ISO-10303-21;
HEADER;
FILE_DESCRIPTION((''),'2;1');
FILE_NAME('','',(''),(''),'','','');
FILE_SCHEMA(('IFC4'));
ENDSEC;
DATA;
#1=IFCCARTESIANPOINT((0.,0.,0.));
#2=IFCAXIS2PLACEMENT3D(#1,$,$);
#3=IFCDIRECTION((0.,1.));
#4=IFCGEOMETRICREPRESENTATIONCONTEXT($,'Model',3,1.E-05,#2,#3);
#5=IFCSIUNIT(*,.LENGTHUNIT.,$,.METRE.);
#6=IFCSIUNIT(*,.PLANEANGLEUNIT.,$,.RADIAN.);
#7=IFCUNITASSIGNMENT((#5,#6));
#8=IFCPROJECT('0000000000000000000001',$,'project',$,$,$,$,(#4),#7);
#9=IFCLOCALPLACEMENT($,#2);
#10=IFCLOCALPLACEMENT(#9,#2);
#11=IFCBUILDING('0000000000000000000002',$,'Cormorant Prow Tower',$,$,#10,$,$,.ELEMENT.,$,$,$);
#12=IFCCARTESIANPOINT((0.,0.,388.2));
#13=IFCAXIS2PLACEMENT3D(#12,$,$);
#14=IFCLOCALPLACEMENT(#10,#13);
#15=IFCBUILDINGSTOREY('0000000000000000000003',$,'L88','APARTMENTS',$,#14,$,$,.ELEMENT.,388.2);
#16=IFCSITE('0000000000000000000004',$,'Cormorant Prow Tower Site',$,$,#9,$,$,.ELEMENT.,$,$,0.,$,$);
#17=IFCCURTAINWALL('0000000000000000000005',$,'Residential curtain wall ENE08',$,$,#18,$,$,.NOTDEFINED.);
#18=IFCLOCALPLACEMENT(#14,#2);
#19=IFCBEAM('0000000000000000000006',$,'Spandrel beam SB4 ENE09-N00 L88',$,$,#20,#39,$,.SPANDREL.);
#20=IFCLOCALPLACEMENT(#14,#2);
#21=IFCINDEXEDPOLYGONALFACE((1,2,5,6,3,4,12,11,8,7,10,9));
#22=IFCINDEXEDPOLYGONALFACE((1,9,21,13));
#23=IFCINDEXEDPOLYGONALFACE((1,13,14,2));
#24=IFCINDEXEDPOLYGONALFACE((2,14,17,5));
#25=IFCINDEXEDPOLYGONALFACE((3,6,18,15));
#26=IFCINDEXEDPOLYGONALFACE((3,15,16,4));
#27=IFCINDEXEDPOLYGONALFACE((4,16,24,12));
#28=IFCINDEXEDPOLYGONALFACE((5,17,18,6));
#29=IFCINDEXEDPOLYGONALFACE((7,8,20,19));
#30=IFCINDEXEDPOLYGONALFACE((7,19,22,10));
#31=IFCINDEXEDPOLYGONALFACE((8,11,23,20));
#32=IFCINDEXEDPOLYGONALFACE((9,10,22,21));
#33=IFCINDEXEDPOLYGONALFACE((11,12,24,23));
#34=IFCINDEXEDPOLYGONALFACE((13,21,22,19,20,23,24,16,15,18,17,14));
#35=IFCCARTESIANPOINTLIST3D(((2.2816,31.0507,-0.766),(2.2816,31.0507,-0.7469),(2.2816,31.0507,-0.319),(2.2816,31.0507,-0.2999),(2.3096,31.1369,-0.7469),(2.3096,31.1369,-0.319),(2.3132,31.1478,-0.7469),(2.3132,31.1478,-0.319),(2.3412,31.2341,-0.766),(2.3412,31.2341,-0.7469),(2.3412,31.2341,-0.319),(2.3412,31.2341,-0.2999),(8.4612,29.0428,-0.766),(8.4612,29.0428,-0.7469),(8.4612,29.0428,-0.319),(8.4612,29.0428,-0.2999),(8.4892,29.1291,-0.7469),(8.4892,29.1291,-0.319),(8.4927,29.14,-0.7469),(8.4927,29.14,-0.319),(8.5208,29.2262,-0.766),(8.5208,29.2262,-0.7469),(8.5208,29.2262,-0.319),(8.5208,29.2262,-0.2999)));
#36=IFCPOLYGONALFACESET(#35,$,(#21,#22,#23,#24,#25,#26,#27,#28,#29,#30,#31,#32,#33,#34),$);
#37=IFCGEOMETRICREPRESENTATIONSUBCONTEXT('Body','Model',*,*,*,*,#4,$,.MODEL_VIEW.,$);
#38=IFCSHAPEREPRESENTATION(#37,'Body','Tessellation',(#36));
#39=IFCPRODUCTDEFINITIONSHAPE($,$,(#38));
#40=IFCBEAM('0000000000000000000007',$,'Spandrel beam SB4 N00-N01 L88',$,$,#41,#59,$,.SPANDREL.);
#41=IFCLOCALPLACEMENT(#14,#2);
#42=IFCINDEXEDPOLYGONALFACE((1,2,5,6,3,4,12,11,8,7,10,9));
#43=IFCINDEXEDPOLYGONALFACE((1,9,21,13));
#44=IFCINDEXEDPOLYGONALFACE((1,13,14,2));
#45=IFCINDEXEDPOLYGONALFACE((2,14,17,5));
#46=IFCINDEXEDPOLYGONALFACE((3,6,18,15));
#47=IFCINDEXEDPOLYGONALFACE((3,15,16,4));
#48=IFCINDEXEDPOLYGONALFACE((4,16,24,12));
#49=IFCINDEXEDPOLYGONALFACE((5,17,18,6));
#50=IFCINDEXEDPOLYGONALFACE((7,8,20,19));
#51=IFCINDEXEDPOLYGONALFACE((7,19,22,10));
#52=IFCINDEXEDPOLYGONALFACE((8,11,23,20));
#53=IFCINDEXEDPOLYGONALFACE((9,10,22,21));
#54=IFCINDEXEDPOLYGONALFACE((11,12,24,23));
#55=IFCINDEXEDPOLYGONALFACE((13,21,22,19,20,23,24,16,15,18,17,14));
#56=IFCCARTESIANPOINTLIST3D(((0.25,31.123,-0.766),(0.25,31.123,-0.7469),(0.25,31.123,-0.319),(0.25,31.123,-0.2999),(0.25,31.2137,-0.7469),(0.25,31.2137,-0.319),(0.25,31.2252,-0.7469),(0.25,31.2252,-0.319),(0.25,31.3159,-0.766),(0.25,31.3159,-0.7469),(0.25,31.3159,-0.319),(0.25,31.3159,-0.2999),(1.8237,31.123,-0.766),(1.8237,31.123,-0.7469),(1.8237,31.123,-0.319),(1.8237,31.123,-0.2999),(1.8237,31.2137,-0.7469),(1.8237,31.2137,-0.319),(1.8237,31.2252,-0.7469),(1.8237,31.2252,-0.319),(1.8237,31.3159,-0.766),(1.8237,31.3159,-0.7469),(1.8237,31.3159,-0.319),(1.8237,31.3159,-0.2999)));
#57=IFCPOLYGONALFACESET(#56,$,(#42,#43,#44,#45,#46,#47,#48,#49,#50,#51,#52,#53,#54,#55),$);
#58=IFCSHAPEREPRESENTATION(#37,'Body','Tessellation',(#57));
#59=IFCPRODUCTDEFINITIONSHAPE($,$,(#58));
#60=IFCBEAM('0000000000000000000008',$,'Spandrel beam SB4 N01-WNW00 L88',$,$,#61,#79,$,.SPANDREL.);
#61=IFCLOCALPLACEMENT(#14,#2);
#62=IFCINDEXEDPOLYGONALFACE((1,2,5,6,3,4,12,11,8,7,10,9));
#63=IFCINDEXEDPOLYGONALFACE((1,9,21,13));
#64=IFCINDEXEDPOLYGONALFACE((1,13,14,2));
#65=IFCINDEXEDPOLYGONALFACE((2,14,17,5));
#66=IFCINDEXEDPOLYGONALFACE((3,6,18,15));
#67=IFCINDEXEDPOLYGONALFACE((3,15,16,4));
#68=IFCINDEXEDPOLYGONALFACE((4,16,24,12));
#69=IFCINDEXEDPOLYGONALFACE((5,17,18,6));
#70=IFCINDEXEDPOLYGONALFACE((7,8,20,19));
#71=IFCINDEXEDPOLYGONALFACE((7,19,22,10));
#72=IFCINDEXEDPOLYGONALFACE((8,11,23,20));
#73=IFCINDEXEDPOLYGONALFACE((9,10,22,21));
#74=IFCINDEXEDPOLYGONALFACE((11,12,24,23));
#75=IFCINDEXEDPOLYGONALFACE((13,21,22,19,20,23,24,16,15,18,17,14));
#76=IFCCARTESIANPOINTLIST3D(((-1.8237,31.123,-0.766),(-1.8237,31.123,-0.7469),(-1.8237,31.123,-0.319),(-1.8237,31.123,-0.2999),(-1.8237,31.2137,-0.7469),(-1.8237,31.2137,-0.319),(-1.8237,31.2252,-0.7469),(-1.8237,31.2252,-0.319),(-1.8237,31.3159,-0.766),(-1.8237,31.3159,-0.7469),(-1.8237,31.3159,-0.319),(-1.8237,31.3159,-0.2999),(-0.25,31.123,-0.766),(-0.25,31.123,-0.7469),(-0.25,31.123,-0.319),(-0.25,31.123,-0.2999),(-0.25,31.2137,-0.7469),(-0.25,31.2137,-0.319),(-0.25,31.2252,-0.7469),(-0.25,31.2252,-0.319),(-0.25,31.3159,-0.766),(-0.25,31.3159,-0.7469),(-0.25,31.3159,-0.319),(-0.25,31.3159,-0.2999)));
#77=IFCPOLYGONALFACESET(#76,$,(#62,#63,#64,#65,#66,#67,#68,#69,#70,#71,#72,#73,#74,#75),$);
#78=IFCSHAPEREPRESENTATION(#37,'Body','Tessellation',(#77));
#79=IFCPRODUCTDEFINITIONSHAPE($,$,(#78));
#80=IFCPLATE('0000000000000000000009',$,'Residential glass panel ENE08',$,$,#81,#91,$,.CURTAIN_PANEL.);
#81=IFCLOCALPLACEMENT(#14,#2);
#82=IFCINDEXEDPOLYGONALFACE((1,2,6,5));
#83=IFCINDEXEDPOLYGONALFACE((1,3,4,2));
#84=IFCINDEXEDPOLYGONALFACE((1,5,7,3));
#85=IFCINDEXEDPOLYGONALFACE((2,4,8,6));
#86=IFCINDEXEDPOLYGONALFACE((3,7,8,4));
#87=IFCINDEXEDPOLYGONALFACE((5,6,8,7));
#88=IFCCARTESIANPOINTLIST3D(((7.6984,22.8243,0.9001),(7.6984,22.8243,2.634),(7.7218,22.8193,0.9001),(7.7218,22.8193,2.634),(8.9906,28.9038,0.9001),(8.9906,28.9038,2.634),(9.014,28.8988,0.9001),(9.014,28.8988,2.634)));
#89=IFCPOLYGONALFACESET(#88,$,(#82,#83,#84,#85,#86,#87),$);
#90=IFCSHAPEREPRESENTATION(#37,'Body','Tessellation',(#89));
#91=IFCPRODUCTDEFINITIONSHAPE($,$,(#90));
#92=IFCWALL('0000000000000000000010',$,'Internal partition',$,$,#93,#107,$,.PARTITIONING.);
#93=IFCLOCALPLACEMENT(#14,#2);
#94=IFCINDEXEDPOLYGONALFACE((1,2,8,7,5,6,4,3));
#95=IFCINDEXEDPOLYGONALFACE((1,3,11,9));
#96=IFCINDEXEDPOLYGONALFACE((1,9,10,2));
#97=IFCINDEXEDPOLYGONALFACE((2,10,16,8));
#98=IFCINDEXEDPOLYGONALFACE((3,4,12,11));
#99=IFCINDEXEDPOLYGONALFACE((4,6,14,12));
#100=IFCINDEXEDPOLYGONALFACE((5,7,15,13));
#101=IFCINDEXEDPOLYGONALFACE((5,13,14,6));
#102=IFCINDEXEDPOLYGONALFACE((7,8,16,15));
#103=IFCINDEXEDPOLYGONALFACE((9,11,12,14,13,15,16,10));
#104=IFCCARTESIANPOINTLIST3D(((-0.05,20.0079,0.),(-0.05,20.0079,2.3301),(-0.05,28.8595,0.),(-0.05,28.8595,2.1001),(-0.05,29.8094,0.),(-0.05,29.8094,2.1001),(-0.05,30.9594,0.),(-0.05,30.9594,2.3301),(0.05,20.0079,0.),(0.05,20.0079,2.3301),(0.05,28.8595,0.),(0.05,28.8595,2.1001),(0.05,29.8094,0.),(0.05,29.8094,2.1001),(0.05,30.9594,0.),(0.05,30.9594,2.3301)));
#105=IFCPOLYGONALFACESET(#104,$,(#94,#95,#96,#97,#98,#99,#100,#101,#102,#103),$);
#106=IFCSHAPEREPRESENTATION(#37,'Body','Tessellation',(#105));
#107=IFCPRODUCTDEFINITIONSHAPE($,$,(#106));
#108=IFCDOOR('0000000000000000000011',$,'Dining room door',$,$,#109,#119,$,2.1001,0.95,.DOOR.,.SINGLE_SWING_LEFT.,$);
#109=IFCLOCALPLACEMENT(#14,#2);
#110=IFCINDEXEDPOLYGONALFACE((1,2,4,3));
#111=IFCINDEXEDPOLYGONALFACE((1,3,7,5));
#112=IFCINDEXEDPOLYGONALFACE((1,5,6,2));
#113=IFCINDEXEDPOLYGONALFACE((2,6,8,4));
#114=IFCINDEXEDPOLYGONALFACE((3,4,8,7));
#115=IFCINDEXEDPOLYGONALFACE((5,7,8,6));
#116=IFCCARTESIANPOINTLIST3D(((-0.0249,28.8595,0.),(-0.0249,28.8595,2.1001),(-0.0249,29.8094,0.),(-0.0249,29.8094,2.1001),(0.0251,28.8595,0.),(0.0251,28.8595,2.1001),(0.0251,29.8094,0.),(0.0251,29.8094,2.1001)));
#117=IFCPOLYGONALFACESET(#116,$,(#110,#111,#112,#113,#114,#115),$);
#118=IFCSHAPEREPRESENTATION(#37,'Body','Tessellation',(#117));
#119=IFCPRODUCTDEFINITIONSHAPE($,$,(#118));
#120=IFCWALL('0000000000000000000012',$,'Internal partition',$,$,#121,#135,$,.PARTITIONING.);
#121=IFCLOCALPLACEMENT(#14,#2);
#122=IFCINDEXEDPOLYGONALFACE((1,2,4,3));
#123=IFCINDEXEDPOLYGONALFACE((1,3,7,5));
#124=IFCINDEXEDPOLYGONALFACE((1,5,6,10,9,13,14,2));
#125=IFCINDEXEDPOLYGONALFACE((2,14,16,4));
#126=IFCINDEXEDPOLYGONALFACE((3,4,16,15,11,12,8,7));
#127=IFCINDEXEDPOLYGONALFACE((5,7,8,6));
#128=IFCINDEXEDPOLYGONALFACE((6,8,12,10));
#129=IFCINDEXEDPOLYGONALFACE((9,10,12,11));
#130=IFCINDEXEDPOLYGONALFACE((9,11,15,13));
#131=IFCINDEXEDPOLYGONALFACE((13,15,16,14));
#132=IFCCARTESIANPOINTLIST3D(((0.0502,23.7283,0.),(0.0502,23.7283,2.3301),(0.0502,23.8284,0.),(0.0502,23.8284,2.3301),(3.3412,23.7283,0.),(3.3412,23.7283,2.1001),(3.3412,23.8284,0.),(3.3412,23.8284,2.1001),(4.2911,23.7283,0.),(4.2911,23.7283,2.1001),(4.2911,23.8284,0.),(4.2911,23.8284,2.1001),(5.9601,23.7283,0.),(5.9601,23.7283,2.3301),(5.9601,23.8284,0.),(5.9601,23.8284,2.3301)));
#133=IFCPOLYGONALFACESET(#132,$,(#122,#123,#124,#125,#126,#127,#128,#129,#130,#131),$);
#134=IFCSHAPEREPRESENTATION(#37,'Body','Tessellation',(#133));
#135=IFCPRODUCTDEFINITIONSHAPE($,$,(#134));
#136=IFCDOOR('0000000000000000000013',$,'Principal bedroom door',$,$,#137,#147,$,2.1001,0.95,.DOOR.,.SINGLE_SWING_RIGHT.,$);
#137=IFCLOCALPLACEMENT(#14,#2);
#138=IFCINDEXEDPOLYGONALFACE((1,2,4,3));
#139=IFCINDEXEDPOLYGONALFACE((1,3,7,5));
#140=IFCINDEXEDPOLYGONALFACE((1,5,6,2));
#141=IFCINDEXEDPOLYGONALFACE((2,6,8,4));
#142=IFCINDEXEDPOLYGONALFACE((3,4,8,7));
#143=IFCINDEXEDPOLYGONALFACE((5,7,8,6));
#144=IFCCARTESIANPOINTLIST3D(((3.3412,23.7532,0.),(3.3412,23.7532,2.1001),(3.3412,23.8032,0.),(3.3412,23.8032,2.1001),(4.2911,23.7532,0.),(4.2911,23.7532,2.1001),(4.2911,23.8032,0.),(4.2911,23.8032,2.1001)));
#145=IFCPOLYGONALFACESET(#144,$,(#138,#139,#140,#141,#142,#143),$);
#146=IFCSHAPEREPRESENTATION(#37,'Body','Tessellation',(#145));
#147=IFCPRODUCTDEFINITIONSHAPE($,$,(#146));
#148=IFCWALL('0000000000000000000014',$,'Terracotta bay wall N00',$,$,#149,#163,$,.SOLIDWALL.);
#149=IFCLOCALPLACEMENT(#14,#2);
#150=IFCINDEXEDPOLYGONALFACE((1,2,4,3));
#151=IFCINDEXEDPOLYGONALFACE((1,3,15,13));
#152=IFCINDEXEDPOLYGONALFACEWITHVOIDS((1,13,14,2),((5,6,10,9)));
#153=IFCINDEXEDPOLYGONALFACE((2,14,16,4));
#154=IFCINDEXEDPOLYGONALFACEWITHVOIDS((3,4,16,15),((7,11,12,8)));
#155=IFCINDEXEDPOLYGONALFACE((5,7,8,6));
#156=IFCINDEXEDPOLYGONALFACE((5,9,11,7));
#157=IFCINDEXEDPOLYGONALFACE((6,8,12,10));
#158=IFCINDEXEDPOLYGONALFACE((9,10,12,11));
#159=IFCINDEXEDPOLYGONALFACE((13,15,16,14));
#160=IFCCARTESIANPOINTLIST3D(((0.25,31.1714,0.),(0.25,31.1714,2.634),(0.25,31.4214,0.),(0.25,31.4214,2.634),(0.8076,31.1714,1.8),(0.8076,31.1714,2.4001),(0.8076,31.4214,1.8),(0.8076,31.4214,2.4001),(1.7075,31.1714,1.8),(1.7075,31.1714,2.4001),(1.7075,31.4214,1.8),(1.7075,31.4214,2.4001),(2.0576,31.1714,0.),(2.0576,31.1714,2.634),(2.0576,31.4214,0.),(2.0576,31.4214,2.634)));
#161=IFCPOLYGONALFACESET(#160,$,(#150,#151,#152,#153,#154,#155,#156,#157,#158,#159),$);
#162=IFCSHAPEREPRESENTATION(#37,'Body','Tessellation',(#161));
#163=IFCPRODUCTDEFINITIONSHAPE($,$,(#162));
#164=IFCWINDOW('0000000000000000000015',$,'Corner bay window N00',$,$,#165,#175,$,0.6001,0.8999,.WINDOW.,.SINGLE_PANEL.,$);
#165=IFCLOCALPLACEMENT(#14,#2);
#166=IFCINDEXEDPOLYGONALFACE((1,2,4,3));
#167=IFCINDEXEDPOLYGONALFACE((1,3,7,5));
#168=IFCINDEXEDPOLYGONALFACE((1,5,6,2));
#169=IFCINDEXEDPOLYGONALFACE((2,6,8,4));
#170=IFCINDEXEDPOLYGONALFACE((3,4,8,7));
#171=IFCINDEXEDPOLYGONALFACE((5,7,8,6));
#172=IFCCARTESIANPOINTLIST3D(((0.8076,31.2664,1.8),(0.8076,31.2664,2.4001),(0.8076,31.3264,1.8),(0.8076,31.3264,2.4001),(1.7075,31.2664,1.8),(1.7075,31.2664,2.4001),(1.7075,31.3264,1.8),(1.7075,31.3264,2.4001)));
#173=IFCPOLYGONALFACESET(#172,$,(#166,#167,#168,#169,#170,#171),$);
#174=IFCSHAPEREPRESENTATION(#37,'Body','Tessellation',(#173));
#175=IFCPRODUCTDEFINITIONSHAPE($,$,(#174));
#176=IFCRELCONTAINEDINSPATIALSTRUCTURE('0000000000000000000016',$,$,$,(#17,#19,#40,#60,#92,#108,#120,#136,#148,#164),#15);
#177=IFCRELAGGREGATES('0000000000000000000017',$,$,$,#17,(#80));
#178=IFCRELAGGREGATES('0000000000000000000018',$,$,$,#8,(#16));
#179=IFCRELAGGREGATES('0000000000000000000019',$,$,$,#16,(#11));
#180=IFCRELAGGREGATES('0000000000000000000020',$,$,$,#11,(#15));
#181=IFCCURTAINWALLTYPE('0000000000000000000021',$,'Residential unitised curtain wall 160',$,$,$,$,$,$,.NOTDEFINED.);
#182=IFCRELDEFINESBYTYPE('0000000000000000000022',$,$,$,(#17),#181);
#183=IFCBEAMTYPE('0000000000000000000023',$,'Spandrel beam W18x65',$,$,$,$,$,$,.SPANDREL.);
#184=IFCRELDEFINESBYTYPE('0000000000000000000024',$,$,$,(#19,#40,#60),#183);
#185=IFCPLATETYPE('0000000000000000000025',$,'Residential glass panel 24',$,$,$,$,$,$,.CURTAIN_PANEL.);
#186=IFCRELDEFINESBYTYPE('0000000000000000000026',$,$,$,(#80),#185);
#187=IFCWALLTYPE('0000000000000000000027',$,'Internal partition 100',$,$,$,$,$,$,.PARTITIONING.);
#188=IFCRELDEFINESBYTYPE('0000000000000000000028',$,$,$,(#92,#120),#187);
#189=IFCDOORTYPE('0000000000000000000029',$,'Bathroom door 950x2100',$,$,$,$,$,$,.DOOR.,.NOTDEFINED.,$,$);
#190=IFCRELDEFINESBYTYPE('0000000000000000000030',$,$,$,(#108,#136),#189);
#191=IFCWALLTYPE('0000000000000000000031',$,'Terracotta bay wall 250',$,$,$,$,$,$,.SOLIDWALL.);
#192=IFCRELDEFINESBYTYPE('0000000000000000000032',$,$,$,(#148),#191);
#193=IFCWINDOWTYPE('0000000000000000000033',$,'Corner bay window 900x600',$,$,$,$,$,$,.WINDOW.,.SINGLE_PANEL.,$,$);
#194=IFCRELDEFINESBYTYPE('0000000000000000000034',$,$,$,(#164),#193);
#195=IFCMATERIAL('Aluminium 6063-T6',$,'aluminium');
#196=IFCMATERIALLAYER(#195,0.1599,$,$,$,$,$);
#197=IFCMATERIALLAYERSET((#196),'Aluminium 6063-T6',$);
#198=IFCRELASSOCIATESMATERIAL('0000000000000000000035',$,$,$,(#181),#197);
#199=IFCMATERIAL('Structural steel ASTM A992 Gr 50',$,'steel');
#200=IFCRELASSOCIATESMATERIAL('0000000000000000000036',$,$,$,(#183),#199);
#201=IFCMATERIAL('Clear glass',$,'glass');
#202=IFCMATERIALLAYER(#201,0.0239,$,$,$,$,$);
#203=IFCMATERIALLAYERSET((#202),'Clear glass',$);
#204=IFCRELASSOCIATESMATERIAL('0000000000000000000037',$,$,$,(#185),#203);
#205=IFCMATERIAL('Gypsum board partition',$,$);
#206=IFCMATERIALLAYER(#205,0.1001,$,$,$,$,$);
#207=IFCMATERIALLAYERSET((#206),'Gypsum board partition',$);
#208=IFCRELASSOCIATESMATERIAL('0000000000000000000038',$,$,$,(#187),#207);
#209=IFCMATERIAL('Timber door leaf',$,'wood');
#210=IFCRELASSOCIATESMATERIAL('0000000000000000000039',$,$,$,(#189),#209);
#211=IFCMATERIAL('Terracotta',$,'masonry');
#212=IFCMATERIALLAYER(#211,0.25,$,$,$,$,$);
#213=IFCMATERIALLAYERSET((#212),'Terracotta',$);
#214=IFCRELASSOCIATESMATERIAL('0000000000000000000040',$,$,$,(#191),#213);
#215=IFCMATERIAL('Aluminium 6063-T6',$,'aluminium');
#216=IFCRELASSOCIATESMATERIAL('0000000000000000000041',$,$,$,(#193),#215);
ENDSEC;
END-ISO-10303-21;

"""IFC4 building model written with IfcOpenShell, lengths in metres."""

from ifc_helpers import new_model, si_unit, direction, frame, frame_2d, origin, origin_2d, place, context, subcontext, project, spatial, rectangle, i_section, extrude, material, layer, layer_set, material_profile, profile_set, type_object, element, fill, aggregate, save


model = new_model("IFC4")

# Units and contexts
model_context = context("Model", 3, precision=1e-05, world=origin(), true_north=direction((0.0, 1.0)))
body_context = subcontext(model_context, "Body", "Model", "MODEL_VIEW")
ifc_project = project(units=[si_unit("LENGTHUNIT", "METRE"), si_unit("PLANEANGLEUNIT", "RADIAN")], contexts=[model_context])

# Site, building, storey
site_placement = place(None, origin())
site = spatial("IfcSite", under=ifc_project, at=site_placement, Name="Cormorant Prow Tower Site", CompositionType="ELEMENT", RefElevation=0.0)
building_placement = place(site_placement, origin())
building = spatial("IfcBuilding", under=site, at=building_placement, Name="Cormorant Prow Tower", CompositionType="ELEMENT")
storey_placement = place(building_placement, frame((0.0, 0.0, 388.2)))
storey = spatial("IfcBuildingStorey", under=building, at=storey_placement, Name="L88", Description="APARTMENTS", CompositionType="ELEMENT", Elevation=388.2)

# Curtain wall
ifc_material_1 = material(Name="Aluminium 6063-T6", Category="aluminium")
ifc_layer_1 = layer(ifc_material_1, 0.1599)
ifc_layer_set_1 = layer_set([ifc_layer_1], Name="Aluminium 6063-T6")
curtain_wall_type = type_object("IfcCurtainWallType", Name="Residential unitised curtain wall 160", PredefinedType="NOTDEFINED", material=ifc_layer_set_1)
curtain_wall_placement = place(storey_placement, origin())
curtain_wall = element("IfcCurtainWall", 1, at=curtain_wall_placement, inside=storey, type_object=curtain_wall_type, Name="Residential curtain wall ENE08", PredefinedType="NOTDEFINED")

# Beams
ifc_material_2 = material(Name="Structural steel ASTM A992 Gr 50", Category="steel")
ifc_material_profile_1 = material_profile(ifc_material_2, i_section(OverallWidth=0.1929, OverallDepth=0.4661, WebThickness=0.0115, FlangeThickness=0.019, at=origin_2d()), Name="W18x65")
ifc_profile_set_1 = profile_set([ifc_material_profile_1], Name="Structural steel ASTM A992 Gr 50")
beam_type = type_object("IfcBeamType", Name="Spandrel beam W18x65", PredefinedType="SPANDREL", material=ifc_profile_set_1)
for number, where, z_axis, x_axis, name in (
    (2, (8.491, 29.1345, -0.533), (-0.951057, 0.309016, 0.0), (-0.309016, -0.951057, 0.0), "Spandrel beam SB4 ENE09-N00 L88"),
):
    element("IfcBeam", number, at=place(storey_placement, frame(where, z_axis=z_axis, x_axis=x_axis)), inside=storey, type_object=beam_type, Name=name, PredefinedType="SPANDREL", context=body_context, shape_type="SweptSolid", body=[
        extrude(i_section(OverallWidth=0.1929, OverallDepth=0.4661, WebThickness=0.0115, FlangeThickness=0.019, at=origin_2d()), origin(), (0.0, 0.0, 1.0), 6.4976),
    ])
for number, where, z_axis, x_axis, name in (
    (3, (1.8237, 31.2195, -0.533), (-1.0, 0.0, 0.0), (0.0, -1.0, 0.0), "Spandrel beam SB4 N00-N01 L88"),
    (4, (-0.25, 31.2195, -0.533), (-1.0, 0.0, 0.0), (0.0, -1.0, 0.0), "Spandrel beam SB4 N01-WNW00 L88"),
):
    element("IfcBeam", number, at=place(storey_placement, frame(where, z_axis=z_axis, x_axis=x_axis)), inside=storey, type_object=beam_type, Name=name, PredefinedType="SPANDREL", context=body_context, shape_type="SweptSolid", body=[
        extrude(i_section(OverallWidth=0.1929, OverallDepth=0.4661, WebThickness=0.0115, FlangeThickness=0.019, at=origin_2d()), origin(), (0.0, 0.0, 1.0), 1.5737),
    ])

# Plate
ifc_material_3 = material(Name="Clear glass", Category="glass")
ifc_layer_2 = layer(ifc_material_3, 0.0239)
ifc_layer_set_2 = layer_set([ifc_layer_2], Name="Clear glass")
plate_type = type_object("IfcPlateType", Name="Residential glass panel 24", PredefinedType="CURTAIN_PANEL", material=ifc_layer_set_2)
plate_placement = place(storey_placement, frame((8.3562, 25.8616, 0.9001), z_axis=(0.0, 0.0, 1.0), x_axis=(0.207912, 0.978148, 0.0)))
plate = element("IfcPlate", 5, at=plate_placement, type_object=plate_type, Name="Residential glass panel ENE08", PredefinedType="CURTAIN_PANEL", context=body_context, shape_type="SweptSolid", body=[
    extrude(rectangle(XDim=6.2153, YDim=0.0239, at=origin_2d()), origin(), (0.0, 0.0, 1.0), 1.7339),
])
aggregate(curtain_wall, [plate])

# Walls, openings, doors
ifc_material_4 = material(Name="Gypsum board partition")
ifc_layer_3 = layer(ifc_material_4, 0.1001)
ifc_layer_set_3 = layer_set([ifc_layer_3], Name="Gypsum board partition")
wall_type_1 = type_object("IfcWallType", Name="Internal partition 100", PredefinedType="PARTITIONING", material=ifc_layer_set_3)
wall_1_placement = place(storey_placement, frame((0.0, 20.0081, 0.0), z_axis=(0.0, 0.0, 1.0), x_axis=(0.0, 1.0, 0.0)))
wall_1 = element("IfcWall", 6, at=wall_1_placement, inside=storey, type_object=wall_type_1, Name="Internal partition", PredefinedType="PARTITIONING", context=body_context, shape_type="SweptSolid", body=[
    extrude(rectangle(XDim=10.9514, YDim=0.1001, at=frame_2d((5.4756, 0.0))), origin(), (0.0, 0.0, 1.0), 2.3301),
])
opening_1_placement = place(wall_1_placement, frame((8.8513, 0.0, 0.0)))
opening_1 = element("IfcOpeningElement", 7, at=opening_1_placement, cuts=wall_1, PredefinedType="OPENING", context=body_context, shape_type="SweptSolid", body=[
    extrude(rectangle(XDim=0.95, YDim=2.1001, at=frame_2d((0.4751, 1.05))), frame((0.0, 0.0601, 0.0), z_axis=(0.0, -1.0, 0.0), x_axis=(1.0, 0.0, 0.0)), (0.0, 0.0, 1.0), 0.1201),
])
ifc_material_5 = material(Name="Timber door leaf", Category="wood")
door_type_1 = type_object("IfcDoorType", Name="Bathroom door 950x2100", OperationType="NOTDEFINED", PredefinedType="DOOR", material=ifc_material_5)
door_1_placement = place(opening_1_placement, origin())
door_1 = element("IfcDoor", 8, at=door_1_placement, inside=storey, type_object=door_type_1, Name="Dining room door", OperationType="SINGLE_SWING_LEFT", OverallHeight=2.1001, OverallWidth=0.95, PredefinedType="DOOR", context=body_context, shape_type="SweptSolid", body=[
    extrude(rectangle(XDim=0.95, YDim=2.1001, at=frame_2d((0.4751, 1.05))), frame((0.0, 0.0249, 0.0), z_axis=(0.0, -1.0, 0.0), x_axis=(1.0, 0.0, 0.0)), (0.0, 0.0, 1.0), 0.05),
])
fill(opening_1, door_1)
wall_2_placement = place(storey_placement, frame((0.05, 23.7783, 0.0), z_axis=(0.0, 0.0, 1.0), x_axis=(1.0, 0.0, 0.0)))
wall_2 = element("IfcWall", 9, at=wall_2_placement, inside=storey, type_object=wall_type_1, Name="Internal partition", PredefinedType="PARTITIONING", context=body_context, shape_type="SweptSolid", body=[
    extrude(rectangle(XDim=5.9099, YDim=0.1001, at=frame_2d((2.9551, 0.0))), origin(), (0.0, 0.0, 1.0), 2.3301),
])
opening_2_placement = place(wall_2_placement, frame((3.291, 0.0, 0.0)))
opening_2 = element("IfcOpeningElement", 10, at=opening_2_placement, cuts=wall_2, PredefinedType="OPENING", context=body_context, shape_type="SweptSolid", body=[
    extrude(rectangle(XDim=0.95, YDim=2.1001, at=frame_2d((0.4751, 1.05))), frame((0.0, 0.0601, 0.0), z_axis=(0.0, -1.0, 0.0), x_axis=(1.0, 0.0, 0.0)), (0.0, 0.0, 1.0), 0.1201),
])
door_2_placement = place(opening_2_placement, origin())
door_2 = element("IfcDoor", 11, at=door_2_placement, inside=storey, type_object=door_type_1, Name="Principal bedroom door", OperationType="SINGLE_SWING_RIGHT", OverallHeight=2.1001, OverallWidth=0.95, PredefinedType="DOOR", context=body_context, shape_type="SweptSolid", body=[
    extrude(rectangle(XDim=0.95, YDim=2.1001, at=frame_2d((0.4751, 1.05))), frame((0.0, 0.0249, 0.0), z_axis=(0.0, -1.0, 0.0), x_axis=(1.0, 0.0, 0.0)), (0.0, 0.0, 1.0), 0.05),
])
fill(opening_2, door_2)

# Wall, opening, window
ifc_material_6 = material(Name="Terracotta", Category="masonry")
ifc_layer_4 = layer(ifc_material_6, 0.25)
ifc_layer_set_4 = layer_set([ifc_layer_4], Name="Terracotta")
wall_type_2 = type_object("IfcWallType", Name="Terracotta bay wall 250", PredefinedType="SOLIDWALL", material=ifc_layer_set_4)
wall_3_placement = place(storey_placement, frame((2.0576, 31.2964, 0.0), z_axis=(0.0, 0.0, 1.0), x_axis=(-1.0, 0.0, 0.0)))
wall_3 = element("IfcWall", 12, at=wall_3_placement, inside=storey, type_object=wall_type_2, Name="Terracotta bay wall N00", PredefinedType="SOLIDWALL", context=body_context, shape_type="SweptSolid", body=[
    extrude(rectangle(XDim=1.8076, YDim=0.25, at=frame_2d((0.9038, 0.0))), origin(), (0.0, 0.0, 1.0), 2.634),
])
opening_3_placement = place(wall_3_placement, frame((0.3501, 0.0, 1.8)))
opening_3 = element("IfcOpeningElement", 13, at=opening_3_placement, cuts=wall_3, PredefinedType="OPENING", context=body_context, shape_type="SweptSolid", body=[
    extrude(rectangle(XDim=0.8999, YDim=0.6001, at=frame_2d((0.45, 0.3))), frame((0.0, 0.135, 0.0), z_axis=(0.0, -1.0, 0.0), x_axis=(1.0, 0.0, 0.0)), (0.0, 0.0, 1.0), 0.27),
])
ifc_material_7 = material(Name="Aluminium 6063-T6", Category="aluminium")
window_type = type_object("IfcWindowType", Name="Corner bay window 900x600", PartitioningType="SINGLE_PANEL", PredefinedType="WINDOW", material=ifc_material_7)
window_placement = place(opening_3_placement, origin())
window = element("IfcWindow", 14, at=window_placement, inside=storey, type_object=window_type, Name="Corner bay window N00", OverallHeight=0.6001, OverallWidth=0.8999, PartitioningType="SINGLE_PANEL", PredefinedType="WINDOW", context=body_context, shape_type="SweptSolid", body=[
    extrude(rectangle(XDim=0.8999, YDim=0.6001, at=frame_2d((0.45, 0.3))), frame((0.0, 0.03, 0.0), z_axis=(0.0, -1.0, 0.0), x_axis=(1.0, 0.0, 0.0)), (0.0, 0.0, 1.0), 0.0601),
])
fill(opening_3, window)

save(model, "model.ifc")
